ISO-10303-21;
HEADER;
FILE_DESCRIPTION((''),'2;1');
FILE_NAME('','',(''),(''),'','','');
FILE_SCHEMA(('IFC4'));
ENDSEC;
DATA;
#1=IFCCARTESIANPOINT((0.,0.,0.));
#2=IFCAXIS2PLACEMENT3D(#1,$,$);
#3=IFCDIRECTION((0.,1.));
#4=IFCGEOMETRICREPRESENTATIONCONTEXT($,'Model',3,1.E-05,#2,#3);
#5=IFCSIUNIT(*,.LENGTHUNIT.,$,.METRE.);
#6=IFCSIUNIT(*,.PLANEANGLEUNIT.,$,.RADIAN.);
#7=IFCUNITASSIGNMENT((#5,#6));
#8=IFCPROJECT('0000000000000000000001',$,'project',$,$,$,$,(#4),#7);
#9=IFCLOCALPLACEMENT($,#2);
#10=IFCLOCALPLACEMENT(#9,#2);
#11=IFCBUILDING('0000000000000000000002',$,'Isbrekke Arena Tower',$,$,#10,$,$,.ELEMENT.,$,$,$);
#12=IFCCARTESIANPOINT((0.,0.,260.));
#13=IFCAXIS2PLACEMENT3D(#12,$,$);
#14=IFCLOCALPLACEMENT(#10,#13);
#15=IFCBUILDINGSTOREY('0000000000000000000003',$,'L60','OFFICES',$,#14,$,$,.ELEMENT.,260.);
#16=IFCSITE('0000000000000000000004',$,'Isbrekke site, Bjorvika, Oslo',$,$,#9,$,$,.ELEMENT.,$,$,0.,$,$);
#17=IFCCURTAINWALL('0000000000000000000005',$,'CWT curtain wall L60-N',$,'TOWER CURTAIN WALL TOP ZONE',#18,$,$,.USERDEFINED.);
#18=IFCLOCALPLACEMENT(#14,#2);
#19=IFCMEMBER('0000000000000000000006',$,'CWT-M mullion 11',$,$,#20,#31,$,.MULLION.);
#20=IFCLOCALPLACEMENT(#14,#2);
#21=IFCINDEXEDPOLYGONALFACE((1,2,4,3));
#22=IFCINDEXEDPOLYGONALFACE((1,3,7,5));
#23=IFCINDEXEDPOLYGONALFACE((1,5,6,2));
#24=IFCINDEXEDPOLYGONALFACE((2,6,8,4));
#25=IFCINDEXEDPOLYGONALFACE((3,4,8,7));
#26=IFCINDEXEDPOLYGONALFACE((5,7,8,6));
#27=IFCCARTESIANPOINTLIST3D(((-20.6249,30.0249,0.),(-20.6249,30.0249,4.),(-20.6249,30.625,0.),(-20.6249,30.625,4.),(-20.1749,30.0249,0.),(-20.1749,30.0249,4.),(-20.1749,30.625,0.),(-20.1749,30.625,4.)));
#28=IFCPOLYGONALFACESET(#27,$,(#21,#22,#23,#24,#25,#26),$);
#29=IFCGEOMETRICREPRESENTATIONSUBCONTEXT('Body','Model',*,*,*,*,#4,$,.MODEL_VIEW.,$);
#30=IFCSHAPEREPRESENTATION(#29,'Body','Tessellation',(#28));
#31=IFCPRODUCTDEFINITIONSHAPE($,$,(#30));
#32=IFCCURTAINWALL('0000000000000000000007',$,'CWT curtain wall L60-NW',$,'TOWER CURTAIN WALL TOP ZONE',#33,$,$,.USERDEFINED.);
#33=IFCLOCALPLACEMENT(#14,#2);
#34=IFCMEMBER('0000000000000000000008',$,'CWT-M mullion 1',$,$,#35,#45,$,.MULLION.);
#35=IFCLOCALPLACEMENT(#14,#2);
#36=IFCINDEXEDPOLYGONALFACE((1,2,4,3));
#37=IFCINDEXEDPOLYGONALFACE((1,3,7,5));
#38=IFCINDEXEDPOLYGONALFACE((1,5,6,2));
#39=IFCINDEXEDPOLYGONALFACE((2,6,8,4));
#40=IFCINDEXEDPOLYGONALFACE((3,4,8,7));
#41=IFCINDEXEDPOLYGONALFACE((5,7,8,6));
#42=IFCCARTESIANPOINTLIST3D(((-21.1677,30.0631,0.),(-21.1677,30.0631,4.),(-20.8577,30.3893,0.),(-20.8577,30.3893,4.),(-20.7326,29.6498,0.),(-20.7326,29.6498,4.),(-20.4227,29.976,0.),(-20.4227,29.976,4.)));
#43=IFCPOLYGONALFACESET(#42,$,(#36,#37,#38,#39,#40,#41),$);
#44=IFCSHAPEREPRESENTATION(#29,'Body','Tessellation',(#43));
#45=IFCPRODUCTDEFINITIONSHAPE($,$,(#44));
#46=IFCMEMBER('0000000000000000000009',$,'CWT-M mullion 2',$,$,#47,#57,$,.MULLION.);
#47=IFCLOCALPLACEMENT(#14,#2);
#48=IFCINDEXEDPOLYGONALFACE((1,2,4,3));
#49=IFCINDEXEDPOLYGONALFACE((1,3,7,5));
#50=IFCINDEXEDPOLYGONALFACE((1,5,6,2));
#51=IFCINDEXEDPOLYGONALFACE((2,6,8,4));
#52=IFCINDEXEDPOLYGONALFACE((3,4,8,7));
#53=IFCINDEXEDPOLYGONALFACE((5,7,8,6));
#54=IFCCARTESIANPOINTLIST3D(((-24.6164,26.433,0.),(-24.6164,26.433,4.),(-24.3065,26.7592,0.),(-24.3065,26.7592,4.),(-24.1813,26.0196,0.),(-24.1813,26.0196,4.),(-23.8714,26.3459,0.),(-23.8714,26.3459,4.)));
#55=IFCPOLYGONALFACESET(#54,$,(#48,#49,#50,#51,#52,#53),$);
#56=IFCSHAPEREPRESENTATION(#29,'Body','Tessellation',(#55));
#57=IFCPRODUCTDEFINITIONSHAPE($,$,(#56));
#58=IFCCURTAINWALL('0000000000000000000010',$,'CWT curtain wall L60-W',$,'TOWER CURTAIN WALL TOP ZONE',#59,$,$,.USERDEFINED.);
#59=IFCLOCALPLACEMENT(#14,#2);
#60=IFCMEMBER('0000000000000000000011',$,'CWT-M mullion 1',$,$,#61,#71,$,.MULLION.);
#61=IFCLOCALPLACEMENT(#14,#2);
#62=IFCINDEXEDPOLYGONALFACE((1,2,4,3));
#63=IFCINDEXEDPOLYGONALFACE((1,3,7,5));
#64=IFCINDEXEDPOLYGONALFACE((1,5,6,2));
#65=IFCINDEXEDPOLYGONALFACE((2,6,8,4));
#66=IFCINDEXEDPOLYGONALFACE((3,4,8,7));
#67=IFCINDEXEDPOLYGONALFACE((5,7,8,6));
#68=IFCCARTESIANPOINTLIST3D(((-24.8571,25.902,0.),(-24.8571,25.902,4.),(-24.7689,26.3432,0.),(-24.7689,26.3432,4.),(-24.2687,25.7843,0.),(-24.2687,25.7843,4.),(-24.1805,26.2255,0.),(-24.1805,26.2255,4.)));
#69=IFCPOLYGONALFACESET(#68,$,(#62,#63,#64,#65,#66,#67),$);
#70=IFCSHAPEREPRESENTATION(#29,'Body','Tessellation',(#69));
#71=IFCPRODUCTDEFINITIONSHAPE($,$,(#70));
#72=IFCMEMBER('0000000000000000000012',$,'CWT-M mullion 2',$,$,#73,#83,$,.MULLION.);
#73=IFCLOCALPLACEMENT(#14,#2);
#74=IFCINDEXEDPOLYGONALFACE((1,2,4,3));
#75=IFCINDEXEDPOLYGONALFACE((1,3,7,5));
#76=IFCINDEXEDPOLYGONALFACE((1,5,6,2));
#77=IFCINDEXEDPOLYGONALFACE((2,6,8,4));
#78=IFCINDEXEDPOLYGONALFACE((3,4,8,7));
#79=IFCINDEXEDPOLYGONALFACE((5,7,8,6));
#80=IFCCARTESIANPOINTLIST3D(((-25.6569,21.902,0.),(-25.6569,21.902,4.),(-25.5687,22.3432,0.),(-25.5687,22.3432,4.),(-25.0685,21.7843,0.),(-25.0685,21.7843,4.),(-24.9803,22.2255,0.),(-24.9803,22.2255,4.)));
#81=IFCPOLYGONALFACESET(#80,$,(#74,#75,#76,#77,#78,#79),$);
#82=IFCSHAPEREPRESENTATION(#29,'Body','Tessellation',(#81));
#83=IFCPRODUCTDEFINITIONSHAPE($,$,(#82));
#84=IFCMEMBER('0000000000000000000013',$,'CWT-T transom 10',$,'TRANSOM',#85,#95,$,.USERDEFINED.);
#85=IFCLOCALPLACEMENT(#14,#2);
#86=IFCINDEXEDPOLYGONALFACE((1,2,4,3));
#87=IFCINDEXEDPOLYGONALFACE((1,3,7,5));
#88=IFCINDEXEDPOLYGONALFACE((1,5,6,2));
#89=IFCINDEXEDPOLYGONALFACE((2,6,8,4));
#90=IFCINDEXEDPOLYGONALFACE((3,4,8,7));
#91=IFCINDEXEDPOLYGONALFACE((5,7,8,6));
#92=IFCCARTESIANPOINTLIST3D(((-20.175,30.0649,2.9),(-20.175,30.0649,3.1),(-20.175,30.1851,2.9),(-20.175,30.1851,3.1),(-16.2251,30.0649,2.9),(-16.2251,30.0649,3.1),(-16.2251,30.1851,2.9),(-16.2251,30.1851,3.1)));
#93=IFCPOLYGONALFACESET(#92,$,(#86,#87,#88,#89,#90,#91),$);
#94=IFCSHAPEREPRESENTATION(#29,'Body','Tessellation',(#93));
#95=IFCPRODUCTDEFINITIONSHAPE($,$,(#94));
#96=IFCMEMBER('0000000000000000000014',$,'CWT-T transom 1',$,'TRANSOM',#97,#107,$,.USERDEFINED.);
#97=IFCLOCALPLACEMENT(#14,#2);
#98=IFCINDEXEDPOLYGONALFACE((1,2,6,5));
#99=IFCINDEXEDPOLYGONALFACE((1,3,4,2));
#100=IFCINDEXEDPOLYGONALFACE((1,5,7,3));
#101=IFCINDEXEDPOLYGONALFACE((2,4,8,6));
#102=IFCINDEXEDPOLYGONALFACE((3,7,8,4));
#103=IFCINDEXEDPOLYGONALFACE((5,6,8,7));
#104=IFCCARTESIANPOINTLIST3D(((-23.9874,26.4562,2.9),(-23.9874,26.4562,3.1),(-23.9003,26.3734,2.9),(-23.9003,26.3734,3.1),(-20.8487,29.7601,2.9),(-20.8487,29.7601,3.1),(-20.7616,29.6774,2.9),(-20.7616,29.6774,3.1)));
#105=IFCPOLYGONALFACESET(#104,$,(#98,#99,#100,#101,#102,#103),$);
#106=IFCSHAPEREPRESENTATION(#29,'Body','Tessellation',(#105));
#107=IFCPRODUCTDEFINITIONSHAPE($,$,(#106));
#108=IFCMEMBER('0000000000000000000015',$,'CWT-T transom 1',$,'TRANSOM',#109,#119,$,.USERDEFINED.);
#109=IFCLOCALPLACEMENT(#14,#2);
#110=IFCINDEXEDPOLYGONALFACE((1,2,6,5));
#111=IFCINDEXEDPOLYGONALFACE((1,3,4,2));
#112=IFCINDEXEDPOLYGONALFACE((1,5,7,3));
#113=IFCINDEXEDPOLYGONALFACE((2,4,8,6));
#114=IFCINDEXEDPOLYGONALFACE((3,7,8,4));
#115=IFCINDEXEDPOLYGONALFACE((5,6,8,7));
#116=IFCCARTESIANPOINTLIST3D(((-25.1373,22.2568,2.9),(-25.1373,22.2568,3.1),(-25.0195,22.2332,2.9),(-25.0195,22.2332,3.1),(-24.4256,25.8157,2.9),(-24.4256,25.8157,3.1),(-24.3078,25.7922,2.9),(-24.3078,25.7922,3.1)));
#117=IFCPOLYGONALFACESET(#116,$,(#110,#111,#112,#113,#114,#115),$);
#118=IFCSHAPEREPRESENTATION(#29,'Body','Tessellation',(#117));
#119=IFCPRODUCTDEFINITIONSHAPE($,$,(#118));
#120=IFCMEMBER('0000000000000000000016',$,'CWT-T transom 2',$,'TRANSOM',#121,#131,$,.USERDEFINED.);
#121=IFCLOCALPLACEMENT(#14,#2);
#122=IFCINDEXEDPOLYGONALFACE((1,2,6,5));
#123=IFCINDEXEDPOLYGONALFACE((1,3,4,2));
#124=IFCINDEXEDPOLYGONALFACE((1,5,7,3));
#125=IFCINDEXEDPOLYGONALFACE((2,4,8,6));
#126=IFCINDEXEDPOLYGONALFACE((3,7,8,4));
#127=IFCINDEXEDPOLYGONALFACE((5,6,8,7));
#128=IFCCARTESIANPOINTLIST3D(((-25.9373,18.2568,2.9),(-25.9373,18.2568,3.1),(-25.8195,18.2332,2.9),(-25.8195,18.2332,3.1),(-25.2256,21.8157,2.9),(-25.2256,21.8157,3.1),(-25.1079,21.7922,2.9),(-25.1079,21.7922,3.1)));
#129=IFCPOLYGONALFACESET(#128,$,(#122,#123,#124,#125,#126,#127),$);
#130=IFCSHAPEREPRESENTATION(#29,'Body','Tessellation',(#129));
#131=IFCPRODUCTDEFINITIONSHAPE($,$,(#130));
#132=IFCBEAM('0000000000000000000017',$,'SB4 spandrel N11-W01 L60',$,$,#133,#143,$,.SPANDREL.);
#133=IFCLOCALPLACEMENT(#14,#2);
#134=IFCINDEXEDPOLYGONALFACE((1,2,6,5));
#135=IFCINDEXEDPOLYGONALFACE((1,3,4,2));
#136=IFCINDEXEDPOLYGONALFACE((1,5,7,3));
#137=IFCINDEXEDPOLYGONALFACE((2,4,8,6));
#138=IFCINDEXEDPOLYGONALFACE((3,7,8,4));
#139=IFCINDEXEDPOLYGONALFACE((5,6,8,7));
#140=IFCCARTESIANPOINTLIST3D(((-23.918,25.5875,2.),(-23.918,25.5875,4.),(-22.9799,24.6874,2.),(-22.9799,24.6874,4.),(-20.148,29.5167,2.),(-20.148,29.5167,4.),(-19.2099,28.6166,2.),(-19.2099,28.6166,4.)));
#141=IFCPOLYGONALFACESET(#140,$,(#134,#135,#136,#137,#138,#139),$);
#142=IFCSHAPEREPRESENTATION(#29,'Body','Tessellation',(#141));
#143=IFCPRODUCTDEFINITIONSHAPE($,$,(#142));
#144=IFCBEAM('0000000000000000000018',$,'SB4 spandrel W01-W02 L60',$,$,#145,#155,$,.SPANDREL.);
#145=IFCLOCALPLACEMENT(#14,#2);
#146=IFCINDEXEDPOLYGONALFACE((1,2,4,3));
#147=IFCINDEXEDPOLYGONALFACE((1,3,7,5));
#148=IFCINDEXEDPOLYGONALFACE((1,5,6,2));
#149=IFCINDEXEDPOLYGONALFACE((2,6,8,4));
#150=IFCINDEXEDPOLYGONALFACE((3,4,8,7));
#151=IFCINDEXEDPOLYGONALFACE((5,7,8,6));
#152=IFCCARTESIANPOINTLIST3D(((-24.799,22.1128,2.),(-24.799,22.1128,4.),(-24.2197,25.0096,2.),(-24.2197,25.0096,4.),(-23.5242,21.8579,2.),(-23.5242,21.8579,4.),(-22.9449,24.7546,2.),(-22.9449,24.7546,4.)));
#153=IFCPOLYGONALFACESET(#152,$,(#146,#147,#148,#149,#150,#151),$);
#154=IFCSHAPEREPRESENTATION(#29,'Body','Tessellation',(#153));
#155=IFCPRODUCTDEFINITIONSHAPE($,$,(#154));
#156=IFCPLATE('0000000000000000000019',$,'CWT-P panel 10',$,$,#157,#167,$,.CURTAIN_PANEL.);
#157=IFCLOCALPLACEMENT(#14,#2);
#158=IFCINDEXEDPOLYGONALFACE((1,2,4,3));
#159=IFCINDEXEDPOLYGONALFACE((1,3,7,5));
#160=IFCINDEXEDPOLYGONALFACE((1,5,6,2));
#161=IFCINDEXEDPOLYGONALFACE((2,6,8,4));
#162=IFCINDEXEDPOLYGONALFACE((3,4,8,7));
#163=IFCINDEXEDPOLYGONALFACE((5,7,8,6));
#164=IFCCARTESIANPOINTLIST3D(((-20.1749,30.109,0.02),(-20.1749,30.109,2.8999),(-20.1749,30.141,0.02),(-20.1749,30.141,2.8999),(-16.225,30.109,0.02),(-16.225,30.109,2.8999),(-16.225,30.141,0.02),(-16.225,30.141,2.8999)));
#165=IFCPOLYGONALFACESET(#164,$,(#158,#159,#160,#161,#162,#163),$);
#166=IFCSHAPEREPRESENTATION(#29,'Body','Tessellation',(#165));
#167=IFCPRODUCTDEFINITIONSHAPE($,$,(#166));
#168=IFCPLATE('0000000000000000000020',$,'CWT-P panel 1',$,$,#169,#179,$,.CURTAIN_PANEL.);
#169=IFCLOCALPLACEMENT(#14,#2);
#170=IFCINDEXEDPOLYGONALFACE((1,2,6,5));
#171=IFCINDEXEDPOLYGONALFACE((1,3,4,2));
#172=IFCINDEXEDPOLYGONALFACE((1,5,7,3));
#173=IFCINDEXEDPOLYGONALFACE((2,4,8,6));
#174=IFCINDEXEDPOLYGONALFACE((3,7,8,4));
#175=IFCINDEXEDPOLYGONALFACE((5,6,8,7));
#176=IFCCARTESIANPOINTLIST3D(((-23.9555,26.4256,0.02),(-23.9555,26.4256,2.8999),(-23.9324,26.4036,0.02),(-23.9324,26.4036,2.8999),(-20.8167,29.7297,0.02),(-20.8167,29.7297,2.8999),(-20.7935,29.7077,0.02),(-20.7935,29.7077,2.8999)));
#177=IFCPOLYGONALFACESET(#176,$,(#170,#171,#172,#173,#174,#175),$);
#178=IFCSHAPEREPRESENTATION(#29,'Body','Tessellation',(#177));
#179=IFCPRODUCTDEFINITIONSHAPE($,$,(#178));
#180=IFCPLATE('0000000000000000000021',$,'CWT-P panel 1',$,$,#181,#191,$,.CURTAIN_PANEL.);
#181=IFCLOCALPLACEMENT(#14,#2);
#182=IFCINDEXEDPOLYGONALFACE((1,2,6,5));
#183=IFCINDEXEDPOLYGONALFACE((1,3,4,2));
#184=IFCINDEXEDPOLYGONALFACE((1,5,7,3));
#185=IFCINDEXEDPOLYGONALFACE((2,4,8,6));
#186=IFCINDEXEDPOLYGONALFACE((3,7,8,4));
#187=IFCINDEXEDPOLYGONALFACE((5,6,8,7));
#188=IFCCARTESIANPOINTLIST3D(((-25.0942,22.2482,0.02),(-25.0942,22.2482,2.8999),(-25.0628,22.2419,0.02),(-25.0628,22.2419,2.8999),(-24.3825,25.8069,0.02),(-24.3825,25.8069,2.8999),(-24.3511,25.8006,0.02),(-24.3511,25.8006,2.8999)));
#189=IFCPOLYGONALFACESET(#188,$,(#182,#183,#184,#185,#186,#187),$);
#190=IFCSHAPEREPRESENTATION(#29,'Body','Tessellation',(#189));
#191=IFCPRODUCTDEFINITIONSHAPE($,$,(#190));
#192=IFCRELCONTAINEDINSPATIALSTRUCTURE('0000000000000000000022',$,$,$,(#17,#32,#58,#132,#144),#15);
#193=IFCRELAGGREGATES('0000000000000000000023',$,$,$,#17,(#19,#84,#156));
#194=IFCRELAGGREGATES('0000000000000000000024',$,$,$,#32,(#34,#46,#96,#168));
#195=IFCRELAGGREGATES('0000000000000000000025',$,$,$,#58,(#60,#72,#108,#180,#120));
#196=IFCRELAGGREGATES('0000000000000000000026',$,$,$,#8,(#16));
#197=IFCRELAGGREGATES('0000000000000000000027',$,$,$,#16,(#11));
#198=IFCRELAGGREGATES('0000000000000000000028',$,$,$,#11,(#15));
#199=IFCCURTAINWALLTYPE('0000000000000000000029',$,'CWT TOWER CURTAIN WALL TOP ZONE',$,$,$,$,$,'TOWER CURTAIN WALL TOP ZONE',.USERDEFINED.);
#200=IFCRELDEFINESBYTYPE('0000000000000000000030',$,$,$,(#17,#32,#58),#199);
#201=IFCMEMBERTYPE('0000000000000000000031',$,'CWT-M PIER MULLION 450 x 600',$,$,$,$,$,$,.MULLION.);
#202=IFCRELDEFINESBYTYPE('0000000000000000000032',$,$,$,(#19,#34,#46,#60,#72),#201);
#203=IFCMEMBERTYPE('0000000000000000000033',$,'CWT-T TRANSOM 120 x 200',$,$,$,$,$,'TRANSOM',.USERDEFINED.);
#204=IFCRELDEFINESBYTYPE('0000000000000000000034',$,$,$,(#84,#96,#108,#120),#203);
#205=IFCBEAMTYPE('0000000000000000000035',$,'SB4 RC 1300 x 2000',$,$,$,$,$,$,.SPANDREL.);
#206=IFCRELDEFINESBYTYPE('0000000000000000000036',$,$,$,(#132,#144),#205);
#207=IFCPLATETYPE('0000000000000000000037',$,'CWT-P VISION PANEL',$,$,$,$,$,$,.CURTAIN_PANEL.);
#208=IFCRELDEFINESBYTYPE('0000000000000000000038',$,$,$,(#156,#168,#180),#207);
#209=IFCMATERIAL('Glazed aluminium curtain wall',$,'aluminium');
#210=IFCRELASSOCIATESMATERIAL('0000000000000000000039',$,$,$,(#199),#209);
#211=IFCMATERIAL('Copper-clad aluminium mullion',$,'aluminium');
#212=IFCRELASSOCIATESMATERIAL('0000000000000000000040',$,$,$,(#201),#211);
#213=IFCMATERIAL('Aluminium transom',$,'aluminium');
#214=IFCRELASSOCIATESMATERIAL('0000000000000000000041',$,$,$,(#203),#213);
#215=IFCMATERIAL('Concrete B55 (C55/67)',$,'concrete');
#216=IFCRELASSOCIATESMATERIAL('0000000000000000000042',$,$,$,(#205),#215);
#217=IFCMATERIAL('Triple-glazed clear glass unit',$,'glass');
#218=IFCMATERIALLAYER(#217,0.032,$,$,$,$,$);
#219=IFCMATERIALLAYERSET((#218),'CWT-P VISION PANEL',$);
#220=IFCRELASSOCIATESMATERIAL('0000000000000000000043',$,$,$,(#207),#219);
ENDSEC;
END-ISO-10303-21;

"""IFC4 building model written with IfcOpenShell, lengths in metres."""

from ifc_helpers import new_model, si_unit, direction, frame, origin, origin_2d, place, context, subcontext, project, spatial, rectangle, extrude, material, layer, layer_set, material_profile, profile_set, type_object, element, aggregate, save


model = new_model("IFC4")

# Units and contexts
model_context = context("Model", 3, precision=1e-05, world=origin(), true_north=direction((0.0, 1.0)))
body_context = subcontext(model_context, "Body", "Model", "MODEL_VIEW")
ifc_project = project(units=[si_unit("LENGTHUNIT", "METRE"), si_unit("PLANEANGLEUNIT", "RADIAN")], contexts=[model_context])

# Site, building, storey
site_placement = place(None, origin())
site = spatial("IfcSite", under=ifc_project, at=site_placement, Name="Isbrekke site, Bjorvika, Oslo", CompositionType="ELEMENT", RefElevation=0.0)
building_placement = place(site_placement, origin())
building = spatial("IfcBuilding", under=site, at=building_placement, Name="Isbrekke Arena Tower", CompositionType="ELEMENT")
storey_placement = place(building_placement, frame((0.0, 0.0, 260.0)))
storey = spatial("IfcBuildingStorey", under=building, at=storey_placement, Name="L60", Description="OFFICES", CompositionType="ELEMENT", Elevation=260.0)

# Curtain wall, member
ifc_material_1 = material(Name="Glazed aluminium curtain wall", Category="aluminium")
curtain_wall_type = type_object("IfcCurtainWallType", Name="CWT TOWER CURTAIN WALL TOP ZONE", ElementType="TOWER CURTAIN WALL TOP ZONE", PredefinedType="USERDEFINED", material=ifc_material_1)
curtain_wall_1_placement = place(storey_placement, origin())
curtain_wall_1 = element("IfcCurtainWall", 1, at=curtain_wall_1_placement, inside=storey, type_object=curtain_wall_type, Name="CWT curtain wall L60-N", ObjectType="TOWER CURTAIN WALL TOP ZONE", PredefinedType="USERDEFINED")
ifc_material_2 = material(Name="Copper-clad aluminium mullion", Category="aluminium")
ifc_material_profile_1 = material_profile(ifc_material_2, rectangle(XDim=0.45, YDim=0.6001, at=origin_2d()), Name="PIER 450X600")
ifc_profile_set_1 = profile_set([ifc_material_profile_1], Name="Copper-clad aluminium mullion")
member_type_1 = type_object("IfcMemberType", Name="CWT-M PIER MULLION 450 x 600", PredefinedType="MULLION", material=ifc_profile_set_1)
member_1_placement = place(storey_placement, frame((-20.3999, 30.325, 0.0), z_axis=(0.0, 0.0, 1.0), x_axis=(-1.0, 0.0, 0.0)))
member_1 = element("IfcMember", 2, at=member_1_placement, type_object=member_type_1, Name="CWT-M mullion 11", PredefinedType="MULLION", context=body_context, shape_type="SweptSolid", body=[
    extrude(rectangle(XDim=0.45, YDim=0.6001, at=origin_2d()), origin(), (0.0, 0.0, 1.0), 4.0),
])

# Curtain walls, members
curtain_wall_2_placement = place(storey_placement, origin())
curtain_wall_2 = element("IfcCurtainWall", 3, at=curtain_wall_2_placement, inside=storey, type_object=curtain_wall_type, Name="CWT curtain wall L60-NW", ObjectType="TOWER CURTAIN WALL TOP ZONE", PredefinedType="USERDEFINED")
member_2_placement = place(storey_placement, frame((-20.7952, 30.0195, 0.0), z_axis=(0.0, 0.0, 1.0), x_axis=(-0.688749, -0.724999, 0.0)))
member_2 = element("IfcMember", 4, at=member_2_placement, type_object=member_type_1, Name="CWT-M mullion 1", PredefinedType="MULLION", context=body_context, shape_type="SweptSolid", body=[
    extrude(rectangle(XDim=0.45, YDim=0.6001, at=origin_2d()), origin(), (0.0, 0.0, 1.0), 4.0),
])
member_3_placement = place(storey_placement, frame((-24.2439, 26.3894, 0.0), z_axis=(0.0, 0.0, 1.0), x_axis=(-0.688749, -0.724999, 0.0)))
member_3 = element("IfcMember", 5, at=member_3_placement, type_object=member_type_1, Name="CWT-M mullion 2", PredefinedType="MULLION", context=body_context, shape_type="SweptSolid", body=[
    extrude(rectangle(XDim=0.45, YDim=0.6001, at=origin_2d()), origin(), (0.0, 0.0, 1.0), 4.0),
])
curtain_wall_3_placement = place(storey_placement, origin())
curtain_wall_3 = element("IfcCurtainWall", 6, at=curtain_wall_3_placement, inside=storey, type_object=curtain_wall_type, Name="CWT curtain wall L60-W", ObjectType="TOWER CURTAIN WALL TOP ZONE", PredefinedType="USERDEFINED")
member_4_placement = place(storey_placement, frame((-24.5188, 26.0637, 0.0), z_axis=(0.0, 0.0, 1.0), x_axis=(-0.196116, -0.980581, 0.0)))
member_4 = element("IfcMember", 7, at=member_4_placement, type_object=member_type_1, Name="CWT-M mullion 1", PredefinedType="MULLION", context=body_context, shape_type="SweptSolid", body=[
    extrude(rectangle(XDim=0.45, YDim=0.6001, at=origin_2d()), origin(), (0.0, 0.0, 1.0), 4.0),
])
member_5_placement = place(storey_placement, frame((-25.3186, 22.0637, 0.0), z_axis=(0.0, 0.0, 1.0), x_axis=(-0.196116, -0.980581, 0.0)))
member_5 = element("IfcMember", 8, at=member_5_placement, type_object=member_type_1, Name="CWT-M mullion 2", PredefinedType="MULLION", context=body_context, shape_type="SweptSolid", body=[
    extrude(rectangle(XDim=0.45, YDim=0.6001, at=origin_2d()), origin(), (0.0, 0.0, 1.0), 4.0),
])

# Members
ifc_material_3 = material(Name="Aluminium transom", Category="aluminium")
ifc_material_profile_2 = material_profile(ifc_material_3, rectangle(XDim=0.1201, YDim=0.2, at=origin_2d()), Name="TRANSOM 120X200")
ifc_profile_set_2 = profile_set([ifc_material_profile_2], Name="Aluminium transom")
member_type_2 = type_object("IfcMemberType", Name="CWT-T TRANSOM 120 x 200", ElementType="TRANSOM", PredefinedType="USERDEFINED", material=ifc_profile_set_2)
member_6_placement = place(storey_placement, frame((-16.2251, 30.125, 3.0), z_axis=(-1.0, 0.0, 0.0), x_axis=(0.0, -1.0, 0.0)))
member_6 = element("IfcMember", 9, at=member_6_placement, type_object=member_type_2, Name="CWT-T transom 10", ObjectType="TRANSOM", PredefinedType="USERDEFINED", context=body_context, shape_type="SweptSolid", body=[
    extrude(rectangle(XDim=0.1201, YDim=0.2, at=origin_2d()), origin(), (0.0, 0.0, 1.0), 3.95),
])
member_7_placement = place(storey_placement, frame((-20.8052, 29.7188, 3.0), z_axis=(-0.68874, -0.725009, 0.0), x_axis=(0.725009, -0.68874, 0.0)))
member_7 = element("IfcMember", 10, at=member_7_placement, type_object=member_type_2, Name="CWT-T transom 1", ObjectType="TRANSOM", PredefinedType="USERDEFINED", context=body_context, shape_type="SweptSolid", body=[
    extrude(rectangle(XDim=0.1201, YDim=0.2, at=origin_2d()), origin(), (0.0, 0.0, 1.0), 4.5571),
])
member_8_placement = place(storey_placement, frame((-24.3667, 25.804, 3.0), z_axis=(-0.19609, -0.980586, 0.0), x_axis=(0.980586, -0.19609, 0.0)))
member_8 = element("IfcMember", 11, at=member_8_placement, type_object=member_type_2, Name="CWT-T transom 1", ObjectType="TRANSOM", PredefinedType="USERDEFINED", context=body_context, shape_type="SweptSolid", body=[
    extrude(rectangle(XDim=0.1201, YDim=0.2, at=origin_2d()), origin(), (0.0, 0.0, 1.0), 3.6294),
])
member_9_placement = place(storey_placement, frame((-25.1667, 21.804, 3.0), z_axis=(-0.19609, -0.980586, 0.0), x_axis=(0.980586, -0.19609, 0.0)))
member_9 = element("IfcMember", 12, at=member_9_placement, type_object=member_type_2, Name="CWT-T transom 2", ObjectType="TRANSOM", PredefinedType="USERDEFINED", context=body_context, shape_type="SweptSolid", body=[
    extrude(rectangle(XDim=0.1201, YDim=0.2, at=origin_2d()), origin(), (0.0, 0.0, 1.0), 3.6294),
])

# Beams
ifc_material_4 = material(Name="Concrete B55 (C55/67)", Category="concrete")
ifc_material_profile_3 = material_profile(ifc_material_4, rectangle(XDim=1.3, YDim=2.0, at=origin_2d()), Name="RC 1300x2000")
ifc_profile_set_3 = profile_set([ifc_material_profile_3], Name="Concrete B55 (C55/67)")
beam_type_1 = type_object("IfcBeamType", Name="SB4 RC 1300 x 2000", PredefinedType="SPANDREL", material=ifc_profile_set_3)
beam_1_placement = place(storey_placement, frame((-19.679, 29.0667, 3.0), z_axis=(-0.69234, -0.721572, 0.0), x_axis=(0.721572, -0.69234, 0.0)))
element("IfcBeam", 13, at=beam_1_placement, inside=storey, type_object=beam_type_1, Name="SB4 spandrel N11-W01 L60", PredefinedType="SPANDREL", context=body_context, shape_type="SweptSolid", body=[
    extrude(rectangle(XDim=1.3, YDim=2.0, at=origin_2d()), origin(), (0.0, 0.0, 1.0), 5.4453),
])
beam_2_placement = place(storey_placement, frame((-23.5823, 24.8821, 3.0), z_axis=(-0.196116, -0.980581, 0.0), x_axis=(0.980581, -0.196116, 0.0)))
element("IfcBeam", 14, at=beam_2_placement, inside=storey, type_object=beam_type_1, Name="SB4 spandrel W01-W02 L60", PredefinedType="SPANDREL", context=body_context, shape_type="SweptSolid", body=[
    extrude(rectangle(XDim=1.3, YDim=2.0, at=origin_2d()), origin(), (0.0, 0.0, 1.0), 2.9541),
])

# Plates
ifc_material_5 = material(Name="Triple-glazed clear glass unit", Category="glass")
ifc_layer_1 = layer(ifc_material_5, 0.032)
ifc_layer_set_1 = layer_set([ifc_layer_1], Name="CWT-P VISION PANEL")
plate_type = type_object("IfcPlateType", Name="CWT-P VISION PANEL", PredefinedType="CURTAIN_PANEL", material=ifc_layer_set_1)
plate_1_placement = place(storey_placement, frame((-18.2, 30.125, 0.02), z_axis=(0.0, 0.0, 1.0), x_axis=(-1.0, 0.0, 0.0)))
plate_1 = element("IfcPlate", 15, at=plate_1_placement, type_object=plate_type, Name="CWT-P panel 10", PredefinedType="CURTAIN_PANEL", context=body_context, shape_type="SweptSolid", body=[
    extrude(rectangle(XDim=3.95, YDim=0.032, at=origin_2d()), origin(), (0.0, 0.0, 1.0), 2.8799),
])
aggregate(curtain_wall_1, [member_1, member_6, plate_1])
plate_2_placement = place(storey_placement, frame((-22.3745, 28.0667, 0.02), z_axis=(0.0, 0.0, 1.0), x_axis=(-0.688749, -0.724999, 0.0)))
plate_2 = element("IfcPlate", 16, at=plate_2_placement, type_object=plate_type, Name="CWT-P panel 1", PredefinedType="CURTAIN_PANEL", context=body_context, shape_type="SweptSolid", body=[
    extrude(rectangle(XDim=4.5574, YDim=0.032, at=origin_2d()), origin(), (0.0, 0.0, 1.0), 2.8799),
])
aggregate(curtain_wall_2, [member_2, member_3, member_7, plate_2])
plate_3_placement = place(storey_placement, frame((-24.7227, 24.0244, 0.02), z_axis=(0.0, 0.0, 1.0), x_axis=(-0.196116, -0.980581, 0.0)))
plate_3 = element("IfcPlate", 17, at=plate_3_placement, type_object=plate_type, Name="CWT-P panel 1", PredefinedType="CURTAIN_PANEL", context=body_context, shape_type="SweptSolid", body=[
    extrude(rectangle(XDim=3.6292, YDim=0.032, at=origin_2d()), origin(), (0.0, 0.0, 1.0), 2.8799),
])
aggregate(curtain_wall_3, [member_4, member_5, member_8, plate_3, member_9])

save(model, "model.ifc")
